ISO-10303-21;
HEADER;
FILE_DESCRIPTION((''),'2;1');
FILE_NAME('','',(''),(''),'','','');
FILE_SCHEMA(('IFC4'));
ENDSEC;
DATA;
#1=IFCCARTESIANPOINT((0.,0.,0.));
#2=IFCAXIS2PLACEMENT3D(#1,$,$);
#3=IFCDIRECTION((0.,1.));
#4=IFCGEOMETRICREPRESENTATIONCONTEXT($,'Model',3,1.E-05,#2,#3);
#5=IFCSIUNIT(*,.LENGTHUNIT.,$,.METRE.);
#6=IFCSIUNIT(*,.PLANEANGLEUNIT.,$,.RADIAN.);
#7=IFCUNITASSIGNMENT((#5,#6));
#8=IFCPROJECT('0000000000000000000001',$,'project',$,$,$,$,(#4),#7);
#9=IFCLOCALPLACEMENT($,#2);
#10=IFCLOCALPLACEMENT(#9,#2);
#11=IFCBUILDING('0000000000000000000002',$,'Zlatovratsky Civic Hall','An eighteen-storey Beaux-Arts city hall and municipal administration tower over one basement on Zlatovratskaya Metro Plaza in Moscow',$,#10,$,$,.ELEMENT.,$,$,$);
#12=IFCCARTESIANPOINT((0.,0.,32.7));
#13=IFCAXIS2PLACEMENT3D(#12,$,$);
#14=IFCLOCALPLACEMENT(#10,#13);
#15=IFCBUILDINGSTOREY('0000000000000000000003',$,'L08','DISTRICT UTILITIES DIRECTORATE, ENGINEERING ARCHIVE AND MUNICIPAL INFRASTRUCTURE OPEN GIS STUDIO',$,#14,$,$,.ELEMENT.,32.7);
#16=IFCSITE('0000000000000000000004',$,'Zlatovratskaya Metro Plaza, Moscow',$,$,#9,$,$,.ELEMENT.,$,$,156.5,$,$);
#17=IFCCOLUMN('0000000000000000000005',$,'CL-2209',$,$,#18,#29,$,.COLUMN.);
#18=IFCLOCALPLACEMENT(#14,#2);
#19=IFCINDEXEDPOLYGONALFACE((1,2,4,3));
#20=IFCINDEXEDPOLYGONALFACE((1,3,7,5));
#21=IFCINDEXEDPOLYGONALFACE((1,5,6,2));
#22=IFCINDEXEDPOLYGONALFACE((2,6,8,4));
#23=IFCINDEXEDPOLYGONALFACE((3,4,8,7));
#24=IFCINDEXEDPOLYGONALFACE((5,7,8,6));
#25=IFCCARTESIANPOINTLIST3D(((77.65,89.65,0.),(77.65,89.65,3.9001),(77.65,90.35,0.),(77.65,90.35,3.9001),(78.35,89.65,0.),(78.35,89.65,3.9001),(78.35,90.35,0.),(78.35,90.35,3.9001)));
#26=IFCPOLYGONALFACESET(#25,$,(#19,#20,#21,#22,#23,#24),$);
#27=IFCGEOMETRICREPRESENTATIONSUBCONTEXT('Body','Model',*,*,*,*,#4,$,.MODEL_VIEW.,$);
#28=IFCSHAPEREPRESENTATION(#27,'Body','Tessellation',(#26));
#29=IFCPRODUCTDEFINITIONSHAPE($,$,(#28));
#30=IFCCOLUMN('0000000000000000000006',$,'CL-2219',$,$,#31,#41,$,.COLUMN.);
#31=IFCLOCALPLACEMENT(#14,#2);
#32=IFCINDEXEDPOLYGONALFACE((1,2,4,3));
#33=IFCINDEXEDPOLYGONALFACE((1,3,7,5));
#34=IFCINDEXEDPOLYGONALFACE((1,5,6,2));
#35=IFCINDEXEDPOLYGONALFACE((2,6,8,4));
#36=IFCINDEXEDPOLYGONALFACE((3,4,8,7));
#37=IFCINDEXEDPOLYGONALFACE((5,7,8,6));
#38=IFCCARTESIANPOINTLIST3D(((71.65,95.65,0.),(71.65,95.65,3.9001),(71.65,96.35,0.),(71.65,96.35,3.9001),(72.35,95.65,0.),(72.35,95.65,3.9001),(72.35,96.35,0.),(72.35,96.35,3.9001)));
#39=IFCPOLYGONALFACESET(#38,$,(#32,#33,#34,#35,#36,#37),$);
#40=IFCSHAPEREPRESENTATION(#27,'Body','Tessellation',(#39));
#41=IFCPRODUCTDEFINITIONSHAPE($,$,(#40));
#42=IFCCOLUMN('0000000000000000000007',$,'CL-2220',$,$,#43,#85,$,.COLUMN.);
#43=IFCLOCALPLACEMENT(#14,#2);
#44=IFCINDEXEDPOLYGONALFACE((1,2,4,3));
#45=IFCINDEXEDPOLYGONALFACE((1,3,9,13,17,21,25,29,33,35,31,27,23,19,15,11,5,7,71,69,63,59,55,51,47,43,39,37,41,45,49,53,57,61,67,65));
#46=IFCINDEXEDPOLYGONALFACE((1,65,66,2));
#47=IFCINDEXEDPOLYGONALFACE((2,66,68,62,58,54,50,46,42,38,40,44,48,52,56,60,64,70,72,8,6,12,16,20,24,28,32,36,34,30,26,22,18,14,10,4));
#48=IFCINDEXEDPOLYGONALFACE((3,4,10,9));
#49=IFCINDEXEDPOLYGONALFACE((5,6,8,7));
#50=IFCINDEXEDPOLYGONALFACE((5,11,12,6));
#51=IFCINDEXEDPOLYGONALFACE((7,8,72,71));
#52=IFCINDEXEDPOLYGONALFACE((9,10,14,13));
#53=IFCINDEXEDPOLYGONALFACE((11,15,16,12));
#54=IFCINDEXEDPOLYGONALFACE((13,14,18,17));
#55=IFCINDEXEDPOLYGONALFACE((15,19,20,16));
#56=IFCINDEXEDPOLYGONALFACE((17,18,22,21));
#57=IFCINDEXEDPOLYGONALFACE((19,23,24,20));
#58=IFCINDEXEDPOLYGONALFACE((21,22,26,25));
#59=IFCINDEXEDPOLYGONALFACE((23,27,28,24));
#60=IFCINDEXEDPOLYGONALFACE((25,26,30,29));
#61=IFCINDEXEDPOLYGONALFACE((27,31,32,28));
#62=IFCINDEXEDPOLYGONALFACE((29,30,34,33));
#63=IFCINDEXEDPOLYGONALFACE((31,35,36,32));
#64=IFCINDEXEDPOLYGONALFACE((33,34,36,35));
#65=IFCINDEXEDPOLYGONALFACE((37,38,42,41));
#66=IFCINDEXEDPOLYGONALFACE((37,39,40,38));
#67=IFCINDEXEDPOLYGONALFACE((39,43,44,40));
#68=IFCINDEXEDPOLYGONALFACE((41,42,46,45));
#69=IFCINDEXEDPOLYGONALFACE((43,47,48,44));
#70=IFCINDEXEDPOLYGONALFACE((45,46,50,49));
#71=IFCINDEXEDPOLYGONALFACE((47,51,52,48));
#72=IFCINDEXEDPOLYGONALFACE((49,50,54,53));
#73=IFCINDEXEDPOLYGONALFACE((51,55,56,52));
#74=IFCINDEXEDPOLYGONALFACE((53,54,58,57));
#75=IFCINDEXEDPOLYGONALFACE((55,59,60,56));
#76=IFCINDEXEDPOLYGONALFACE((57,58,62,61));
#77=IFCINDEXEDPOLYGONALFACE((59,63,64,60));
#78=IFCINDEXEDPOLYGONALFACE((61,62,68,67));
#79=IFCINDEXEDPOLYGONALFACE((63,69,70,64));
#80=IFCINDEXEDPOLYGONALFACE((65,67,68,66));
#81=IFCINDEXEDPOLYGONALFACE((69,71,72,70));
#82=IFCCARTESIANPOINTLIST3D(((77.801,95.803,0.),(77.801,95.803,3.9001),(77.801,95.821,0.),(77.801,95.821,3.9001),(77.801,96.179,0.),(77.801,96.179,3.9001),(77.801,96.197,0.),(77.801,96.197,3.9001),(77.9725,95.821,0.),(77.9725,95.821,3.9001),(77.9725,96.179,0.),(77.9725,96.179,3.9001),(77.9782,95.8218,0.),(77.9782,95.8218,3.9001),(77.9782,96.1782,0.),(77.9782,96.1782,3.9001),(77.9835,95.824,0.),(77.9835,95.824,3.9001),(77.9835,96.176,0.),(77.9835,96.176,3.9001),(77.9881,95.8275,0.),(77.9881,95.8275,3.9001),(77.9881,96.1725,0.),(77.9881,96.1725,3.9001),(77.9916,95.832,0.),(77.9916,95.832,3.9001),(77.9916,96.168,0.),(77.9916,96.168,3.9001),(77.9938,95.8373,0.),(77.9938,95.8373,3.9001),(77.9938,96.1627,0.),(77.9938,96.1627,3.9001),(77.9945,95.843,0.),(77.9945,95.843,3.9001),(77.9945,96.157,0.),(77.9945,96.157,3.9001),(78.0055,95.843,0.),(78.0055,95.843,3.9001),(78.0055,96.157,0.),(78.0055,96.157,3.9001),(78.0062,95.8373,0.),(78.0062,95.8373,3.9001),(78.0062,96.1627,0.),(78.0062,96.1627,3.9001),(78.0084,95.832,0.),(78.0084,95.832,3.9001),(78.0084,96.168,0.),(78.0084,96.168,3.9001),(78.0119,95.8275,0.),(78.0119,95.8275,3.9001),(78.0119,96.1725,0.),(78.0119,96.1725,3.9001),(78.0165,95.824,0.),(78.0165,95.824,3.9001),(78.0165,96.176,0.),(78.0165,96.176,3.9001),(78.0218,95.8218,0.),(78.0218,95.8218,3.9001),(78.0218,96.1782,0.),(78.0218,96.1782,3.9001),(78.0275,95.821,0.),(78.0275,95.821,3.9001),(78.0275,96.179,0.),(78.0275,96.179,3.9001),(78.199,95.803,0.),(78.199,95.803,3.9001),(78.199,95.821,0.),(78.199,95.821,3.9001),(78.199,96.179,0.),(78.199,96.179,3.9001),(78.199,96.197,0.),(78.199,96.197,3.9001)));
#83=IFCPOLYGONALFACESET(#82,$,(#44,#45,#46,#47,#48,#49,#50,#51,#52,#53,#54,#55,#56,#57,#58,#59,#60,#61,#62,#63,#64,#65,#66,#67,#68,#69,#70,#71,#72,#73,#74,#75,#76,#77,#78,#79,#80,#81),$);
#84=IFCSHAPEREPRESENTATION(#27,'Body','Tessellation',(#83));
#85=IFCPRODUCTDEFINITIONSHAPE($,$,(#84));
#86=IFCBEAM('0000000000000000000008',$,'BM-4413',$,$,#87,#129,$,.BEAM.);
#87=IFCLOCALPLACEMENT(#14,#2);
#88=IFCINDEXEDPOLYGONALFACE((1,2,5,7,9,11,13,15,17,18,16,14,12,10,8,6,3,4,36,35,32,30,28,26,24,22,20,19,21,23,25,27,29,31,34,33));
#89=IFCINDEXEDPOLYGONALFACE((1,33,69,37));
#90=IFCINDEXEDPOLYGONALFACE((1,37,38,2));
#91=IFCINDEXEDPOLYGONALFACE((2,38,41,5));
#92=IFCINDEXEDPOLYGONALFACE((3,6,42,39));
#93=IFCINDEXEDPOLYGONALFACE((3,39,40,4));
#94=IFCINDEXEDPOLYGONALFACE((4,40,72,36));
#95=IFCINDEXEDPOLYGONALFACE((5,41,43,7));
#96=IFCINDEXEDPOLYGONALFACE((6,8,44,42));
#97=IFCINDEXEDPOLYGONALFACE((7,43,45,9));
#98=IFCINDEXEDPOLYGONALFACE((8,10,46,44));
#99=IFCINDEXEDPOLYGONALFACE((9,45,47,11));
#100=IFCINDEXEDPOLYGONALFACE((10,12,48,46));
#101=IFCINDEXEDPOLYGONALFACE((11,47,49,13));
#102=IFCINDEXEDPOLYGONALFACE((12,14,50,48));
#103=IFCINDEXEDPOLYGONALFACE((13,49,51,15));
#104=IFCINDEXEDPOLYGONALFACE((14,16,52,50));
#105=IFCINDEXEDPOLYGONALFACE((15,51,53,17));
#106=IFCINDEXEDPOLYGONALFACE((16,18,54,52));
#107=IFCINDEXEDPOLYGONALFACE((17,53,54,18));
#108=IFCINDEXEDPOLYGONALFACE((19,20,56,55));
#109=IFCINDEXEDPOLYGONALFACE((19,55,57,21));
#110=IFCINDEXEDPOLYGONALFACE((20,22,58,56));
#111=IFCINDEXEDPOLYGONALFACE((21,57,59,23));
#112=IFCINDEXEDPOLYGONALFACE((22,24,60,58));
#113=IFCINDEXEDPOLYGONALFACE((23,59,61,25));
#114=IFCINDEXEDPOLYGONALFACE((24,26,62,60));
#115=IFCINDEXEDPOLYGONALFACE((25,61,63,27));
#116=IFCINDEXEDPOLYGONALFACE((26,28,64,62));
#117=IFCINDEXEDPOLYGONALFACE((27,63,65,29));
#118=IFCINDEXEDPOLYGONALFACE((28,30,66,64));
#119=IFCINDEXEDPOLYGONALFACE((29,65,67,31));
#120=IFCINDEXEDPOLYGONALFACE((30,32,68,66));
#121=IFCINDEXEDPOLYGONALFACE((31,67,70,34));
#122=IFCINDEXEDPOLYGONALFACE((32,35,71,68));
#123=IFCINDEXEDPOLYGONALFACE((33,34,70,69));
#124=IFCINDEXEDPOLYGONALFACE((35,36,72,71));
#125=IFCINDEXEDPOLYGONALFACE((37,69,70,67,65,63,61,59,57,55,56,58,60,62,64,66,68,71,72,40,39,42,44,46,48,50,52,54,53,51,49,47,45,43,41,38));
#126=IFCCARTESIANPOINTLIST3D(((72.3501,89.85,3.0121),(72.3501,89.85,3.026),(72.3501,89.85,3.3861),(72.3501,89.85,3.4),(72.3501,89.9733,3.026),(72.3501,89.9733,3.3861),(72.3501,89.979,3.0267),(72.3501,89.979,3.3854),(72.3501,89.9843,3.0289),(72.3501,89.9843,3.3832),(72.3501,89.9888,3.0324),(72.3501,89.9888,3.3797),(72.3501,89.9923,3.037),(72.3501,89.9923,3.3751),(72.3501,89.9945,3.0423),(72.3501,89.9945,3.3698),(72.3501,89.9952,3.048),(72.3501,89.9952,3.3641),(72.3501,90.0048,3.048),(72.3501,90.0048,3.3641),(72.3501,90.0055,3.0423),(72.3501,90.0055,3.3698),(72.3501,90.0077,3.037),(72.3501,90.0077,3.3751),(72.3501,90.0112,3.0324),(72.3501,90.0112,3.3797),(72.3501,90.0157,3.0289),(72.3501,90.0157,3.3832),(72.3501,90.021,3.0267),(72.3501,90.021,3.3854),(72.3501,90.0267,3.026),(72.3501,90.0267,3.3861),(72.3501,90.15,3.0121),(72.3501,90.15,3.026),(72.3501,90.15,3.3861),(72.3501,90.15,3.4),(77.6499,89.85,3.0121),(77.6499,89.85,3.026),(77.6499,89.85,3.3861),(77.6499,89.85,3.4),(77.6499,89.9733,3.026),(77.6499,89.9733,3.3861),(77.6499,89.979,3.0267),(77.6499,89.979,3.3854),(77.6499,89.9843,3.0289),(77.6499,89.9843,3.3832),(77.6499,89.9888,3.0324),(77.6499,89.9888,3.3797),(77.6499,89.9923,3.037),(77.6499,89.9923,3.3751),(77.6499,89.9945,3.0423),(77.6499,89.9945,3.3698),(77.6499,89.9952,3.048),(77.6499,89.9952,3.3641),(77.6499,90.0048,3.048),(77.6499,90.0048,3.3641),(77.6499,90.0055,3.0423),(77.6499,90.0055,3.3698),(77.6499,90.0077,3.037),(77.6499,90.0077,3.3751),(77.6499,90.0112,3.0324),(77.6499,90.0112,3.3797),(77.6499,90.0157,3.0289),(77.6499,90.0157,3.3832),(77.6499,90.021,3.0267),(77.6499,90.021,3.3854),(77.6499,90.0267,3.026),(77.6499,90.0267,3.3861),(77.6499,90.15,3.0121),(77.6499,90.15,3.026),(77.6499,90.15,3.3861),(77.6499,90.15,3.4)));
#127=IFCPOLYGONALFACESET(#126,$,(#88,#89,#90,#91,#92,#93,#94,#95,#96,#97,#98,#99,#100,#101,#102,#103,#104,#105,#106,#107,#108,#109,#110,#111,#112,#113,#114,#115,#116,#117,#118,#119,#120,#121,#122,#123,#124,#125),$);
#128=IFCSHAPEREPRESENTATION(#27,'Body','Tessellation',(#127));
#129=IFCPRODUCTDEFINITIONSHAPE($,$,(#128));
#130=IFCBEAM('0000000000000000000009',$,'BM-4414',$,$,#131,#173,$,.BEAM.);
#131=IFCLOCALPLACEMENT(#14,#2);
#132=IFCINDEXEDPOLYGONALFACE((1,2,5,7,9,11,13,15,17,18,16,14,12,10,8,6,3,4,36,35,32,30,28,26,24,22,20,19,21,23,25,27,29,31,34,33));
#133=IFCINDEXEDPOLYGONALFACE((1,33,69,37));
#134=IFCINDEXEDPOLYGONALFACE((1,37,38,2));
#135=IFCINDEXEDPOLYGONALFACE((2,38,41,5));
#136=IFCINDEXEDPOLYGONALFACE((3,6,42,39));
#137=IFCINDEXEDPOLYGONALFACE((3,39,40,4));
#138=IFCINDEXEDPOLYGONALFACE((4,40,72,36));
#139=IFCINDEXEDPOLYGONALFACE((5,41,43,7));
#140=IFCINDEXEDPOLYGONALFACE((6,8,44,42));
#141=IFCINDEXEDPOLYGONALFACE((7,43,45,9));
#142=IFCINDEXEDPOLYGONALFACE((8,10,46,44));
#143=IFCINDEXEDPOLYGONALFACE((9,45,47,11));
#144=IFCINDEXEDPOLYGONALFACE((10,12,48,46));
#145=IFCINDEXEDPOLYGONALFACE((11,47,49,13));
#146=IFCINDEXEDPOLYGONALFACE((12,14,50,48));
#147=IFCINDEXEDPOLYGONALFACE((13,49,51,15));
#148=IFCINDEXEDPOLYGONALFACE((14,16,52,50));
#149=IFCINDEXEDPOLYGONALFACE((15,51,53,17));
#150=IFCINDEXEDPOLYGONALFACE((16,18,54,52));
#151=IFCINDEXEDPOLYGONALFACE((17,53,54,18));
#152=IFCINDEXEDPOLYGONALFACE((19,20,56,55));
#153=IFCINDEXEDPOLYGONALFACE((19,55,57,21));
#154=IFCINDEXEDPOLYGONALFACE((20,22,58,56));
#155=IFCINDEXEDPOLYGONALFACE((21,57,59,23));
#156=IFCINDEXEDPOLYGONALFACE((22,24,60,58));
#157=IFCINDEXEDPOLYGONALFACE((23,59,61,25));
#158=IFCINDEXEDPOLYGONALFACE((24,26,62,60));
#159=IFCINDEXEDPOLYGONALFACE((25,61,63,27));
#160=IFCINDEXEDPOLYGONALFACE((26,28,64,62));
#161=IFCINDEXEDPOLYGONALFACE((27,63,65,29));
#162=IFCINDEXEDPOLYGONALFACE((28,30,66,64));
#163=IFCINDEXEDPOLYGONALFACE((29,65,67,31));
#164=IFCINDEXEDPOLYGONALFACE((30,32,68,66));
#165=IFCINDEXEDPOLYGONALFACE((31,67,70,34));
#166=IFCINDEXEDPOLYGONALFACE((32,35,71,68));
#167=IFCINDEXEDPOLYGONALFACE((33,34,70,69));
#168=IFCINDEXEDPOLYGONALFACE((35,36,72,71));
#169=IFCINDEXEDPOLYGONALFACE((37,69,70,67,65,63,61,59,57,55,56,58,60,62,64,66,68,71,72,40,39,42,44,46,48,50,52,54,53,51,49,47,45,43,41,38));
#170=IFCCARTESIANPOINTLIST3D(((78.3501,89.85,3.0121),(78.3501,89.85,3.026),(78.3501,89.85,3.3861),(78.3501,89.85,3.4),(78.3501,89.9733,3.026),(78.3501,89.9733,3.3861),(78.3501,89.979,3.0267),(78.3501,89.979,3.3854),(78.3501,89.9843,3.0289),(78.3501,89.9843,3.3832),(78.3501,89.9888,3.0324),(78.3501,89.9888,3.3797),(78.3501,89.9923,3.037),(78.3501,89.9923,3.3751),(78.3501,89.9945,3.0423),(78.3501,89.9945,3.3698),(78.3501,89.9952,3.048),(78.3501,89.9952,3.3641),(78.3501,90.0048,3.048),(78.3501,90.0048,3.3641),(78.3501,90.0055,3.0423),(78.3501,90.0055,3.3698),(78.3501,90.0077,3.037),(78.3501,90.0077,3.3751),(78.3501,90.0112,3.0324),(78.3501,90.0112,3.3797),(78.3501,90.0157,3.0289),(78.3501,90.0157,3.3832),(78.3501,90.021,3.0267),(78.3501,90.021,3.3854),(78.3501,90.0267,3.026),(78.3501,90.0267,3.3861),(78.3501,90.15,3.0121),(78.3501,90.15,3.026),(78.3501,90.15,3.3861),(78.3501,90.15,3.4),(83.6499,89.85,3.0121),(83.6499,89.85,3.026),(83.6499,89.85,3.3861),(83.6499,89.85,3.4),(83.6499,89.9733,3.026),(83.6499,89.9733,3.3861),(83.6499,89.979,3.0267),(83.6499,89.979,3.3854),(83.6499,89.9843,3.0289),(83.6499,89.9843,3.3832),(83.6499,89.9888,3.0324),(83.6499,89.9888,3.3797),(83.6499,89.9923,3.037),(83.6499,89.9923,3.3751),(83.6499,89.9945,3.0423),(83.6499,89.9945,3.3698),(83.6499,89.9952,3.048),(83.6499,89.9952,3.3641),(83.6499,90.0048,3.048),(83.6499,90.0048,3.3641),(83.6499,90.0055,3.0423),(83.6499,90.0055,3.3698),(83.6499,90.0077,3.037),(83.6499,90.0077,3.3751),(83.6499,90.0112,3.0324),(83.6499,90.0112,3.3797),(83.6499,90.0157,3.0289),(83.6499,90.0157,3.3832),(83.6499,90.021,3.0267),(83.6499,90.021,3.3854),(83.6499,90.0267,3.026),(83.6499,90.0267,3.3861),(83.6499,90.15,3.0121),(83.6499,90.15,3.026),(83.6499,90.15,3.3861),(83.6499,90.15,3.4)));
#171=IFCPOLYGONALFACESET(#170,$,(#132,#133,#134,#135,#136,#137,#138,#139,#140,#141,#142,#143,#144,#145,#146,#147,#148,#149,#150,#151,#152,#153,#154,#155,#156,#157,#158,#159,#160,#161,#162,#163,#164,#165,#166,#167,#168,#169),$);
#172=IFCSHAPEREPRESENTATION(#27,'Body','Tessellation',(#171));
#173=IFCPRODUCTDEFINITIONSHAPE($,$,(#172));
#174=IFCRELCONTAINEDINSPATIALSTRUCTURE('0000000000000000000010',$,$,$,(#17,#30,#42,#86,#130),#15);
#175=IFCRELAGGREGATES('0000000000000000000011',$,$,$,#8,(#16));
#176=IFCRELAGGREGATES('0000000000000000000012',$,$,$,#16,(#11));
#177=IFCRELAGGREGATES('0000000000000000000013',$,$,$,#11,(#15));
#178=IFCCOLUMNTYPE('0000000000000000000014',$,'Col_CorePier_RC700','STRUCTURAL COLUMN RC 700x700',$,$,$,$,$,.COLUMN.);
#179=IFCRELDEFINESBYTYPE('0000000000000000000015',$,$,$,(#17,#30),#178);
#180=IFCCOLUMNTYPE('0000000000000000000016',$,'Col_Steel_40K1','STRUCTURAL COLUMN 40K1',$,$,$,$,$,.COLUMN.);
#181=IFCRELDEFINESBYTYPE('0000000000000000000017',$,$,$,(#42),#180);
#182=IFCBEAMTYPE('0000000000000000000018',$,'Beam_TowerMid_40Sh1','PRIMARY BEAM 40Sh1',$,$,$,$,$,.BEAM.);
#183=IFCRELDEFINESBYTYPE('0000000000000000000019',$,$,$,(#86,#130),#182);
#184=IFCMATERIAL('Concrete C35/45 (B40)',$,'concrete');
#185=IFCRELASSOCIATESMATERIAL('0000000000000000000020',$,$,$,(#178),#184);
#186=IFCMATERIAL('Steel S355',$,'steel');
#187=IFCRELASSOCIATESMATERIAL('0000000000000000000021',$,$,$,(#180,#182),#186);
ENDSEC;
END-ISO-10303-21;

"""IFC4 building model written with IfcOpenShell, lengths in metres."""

from ifc_helpers import new_model, si_unit, direction, frame, origin, origin_2d, place, context, subcontext, project, spatial, rectangle, i_section, extrude, material, material_profile, profile_set, type_object, element, save


model = new_model("IFC4")

# Units and contexts
model_context = context("Model", 3, precision=1e-05, world=origin(), true_north=direction((0.0, 1.0)))
body_context = subcontext(model_context, "Body", "Model", "MODEL_VIEW")
ifc_project = project(units=[si_unit("LENGTHUNIT", "METRE"), si_unit("PLANEANGLEUNIT", "RADIAN")], contexts=[model_context])

# Site, building, storey
site_placement = place(None, origin())
site = spatial("IfcSite", under=ifc_project, at=site_placement, Name="Zlatovratskaya Metro Plaza, Moscow", CompositionType="ELEMENT", RefElevation=156.5)
building_placement = place(site_placement, origin())
building = spatial("IfcBuilding", under=site, at=building_placement, Name="Zlatovratsky Civic Hall", Description="An eighteen-storey Beaux-Arts city hall and municipal administration tower over one basement on Zlatovratskaya Metro Plaza in Moscow", CompositionType="ELEMENT")
storey_placement = place(building_placement, frame((0.0, 0.0, 32.7)))
storey = spatial("IfcBuildingStorey", under=building, at=storey_placement, Name="L08", Description="DISTRICT UTILITIES DIRECTORATE, ENGINEERING ARCHIVE AND MUNICIPAL INFRASTRUCTURE OPEN GIS STUDIO", CompositionType="ELEMENT", Elevation=32.7)

# Columns
ifc_material_1 = material(Name="Concrete C35/45 (B40)", Category="concrete")
ifc_material_profile_1 = material_profile(ifc_material_1, rectangle(XDim=0.7, YDim=0.7, at=origin_2d()), Name="RC 700x700")
ifc_profile_set_1 = profile_set([ifc_material_profile_1], Name="Concrete C35/45 (B40)")
column_type_1 = type_object("IfcColumnType", Name="Col_CorePier_RC700", Description="STRUCTURAL COLUMN RC 700x700", PredefinedType="COLUMN", material=ifc_profile_set_1)
for number, where, z_axis, x_axis, name in (
    (1, (78.0, 90.0, 0.0), (0.0, 0.0, 1.0), (1.0, 0.0, 0.0), "CL-2209"),
    (2, (72.0, 96.0, 0.0), (0.0, 0.0, 1.0), (1.0, 0.0, 0.0), "CL-2219"),
):
    element("IfcColumn", number, at=place(storey_placement, frame(where, z_axis=z_axis, x_axis=x_axis)), inside=storey, type_object=column_type_1, Name=name, PredefinedType="COLUMN", context=body_context, shape_type="SweptSolid", body=[
        extrude(rectangle(XDim=0.7, YDim=0.7, at=origin_2d()), origin(), (0.0, 0.0, 1.0), 3.9001),
    ])
ifc_material_2 = material(Name="Steel S355", Category="steel")
ifc_material_profile_2 = material_profile(ifc_material_2, i_section(OverallWidth=0.3979, OverallDepth=0.394, WebThickness=0.011, FlangeThickness=0.0181, FilletRadius=0.022, at=origin_2d()), Name="40K1")
ifc_profile_set_2 = profile_set([ifc_material_profile_2], Name="Steel S355")
column_type_2 = type_object("IfcColumnType", Name="Col_Steel_40K1", Description="STRUCTURAL COLUMN 40K1", PredefinedType="COLUMN", material=ifc_profile_set_2)
column_placement = place(storey_placement, frame((78.0, 96.0, 0.0), z_axis=(0.0, 0.0, 1.0), x_axis=(1.0, 0.0, 0.0)))
element("IfcColumn", 3, at=column_placement, inside=storey, type_object=column_type_2, Name="CL-2220", PredefinedType="COLUMN", context=body_context, shape_type="SweptSolid", body=[
    extrude(i_section(OverallWidth=0.3979, OverallDepth=0.394, WebThickness=0.011, FlangeThickness=0.0181, FilletRadius=0.022, at=origin_2d()), origin(), (0.0, 0.0, 1.0), 3.9001),
])

# Beams
ifc_material_profile_3 = material_profile(ifc_material_2, i_section(OverallWidth=0.3, OverallDepth=0.3879, WebThickness=0.0095, FlangeThickness=0.0139, FilletRadius=0.022, at=origin_2d()), Name="40Sh1")
ifc_profile_set_3 = profile_set([ifc_material_profile_3], Name="Steel S355")
beam_type_1 = type_object("IfcBeamType", Name="Beam_TowerMid_40Sh1", Description="PRIMARY BEAM 40Sh1", PredefinedType="BEAM", material=ifc_profile_set_3)
for number, where, z_axis, x_axis, name in (
    (4, (72.3501, 90.0, 3.2061), (1.0, 0.0, 0.0), (0.0, 1.0, 0.0), "BM-4413"),
    (5, (78.3501, 90.0, 3.2061), (1.0, 0.0, 0.0), (0.0, 1.0, 0.0), "BM-4414"),
):
    element("IfcBeam", number, at=place(storey_placement, frame(where, z_axis=z_axis, x_axis=x_axis)), inside=storey, type_object=beam_type_1, Name=name, PredefinedType="BEAM", context=body_context, shape_type="SweptSolid", body=[
        extrude(i_section(OverallWidth=0.3, OverallDepth=0.3879, WebThickness=0.0095, FlangeThickness=0.0139, FilletRadius=0.022, at=origin_2d()), origin(), (0.0, 0.0, 1.0), 5.2998),
    ])

save(model, "model.ifc")
